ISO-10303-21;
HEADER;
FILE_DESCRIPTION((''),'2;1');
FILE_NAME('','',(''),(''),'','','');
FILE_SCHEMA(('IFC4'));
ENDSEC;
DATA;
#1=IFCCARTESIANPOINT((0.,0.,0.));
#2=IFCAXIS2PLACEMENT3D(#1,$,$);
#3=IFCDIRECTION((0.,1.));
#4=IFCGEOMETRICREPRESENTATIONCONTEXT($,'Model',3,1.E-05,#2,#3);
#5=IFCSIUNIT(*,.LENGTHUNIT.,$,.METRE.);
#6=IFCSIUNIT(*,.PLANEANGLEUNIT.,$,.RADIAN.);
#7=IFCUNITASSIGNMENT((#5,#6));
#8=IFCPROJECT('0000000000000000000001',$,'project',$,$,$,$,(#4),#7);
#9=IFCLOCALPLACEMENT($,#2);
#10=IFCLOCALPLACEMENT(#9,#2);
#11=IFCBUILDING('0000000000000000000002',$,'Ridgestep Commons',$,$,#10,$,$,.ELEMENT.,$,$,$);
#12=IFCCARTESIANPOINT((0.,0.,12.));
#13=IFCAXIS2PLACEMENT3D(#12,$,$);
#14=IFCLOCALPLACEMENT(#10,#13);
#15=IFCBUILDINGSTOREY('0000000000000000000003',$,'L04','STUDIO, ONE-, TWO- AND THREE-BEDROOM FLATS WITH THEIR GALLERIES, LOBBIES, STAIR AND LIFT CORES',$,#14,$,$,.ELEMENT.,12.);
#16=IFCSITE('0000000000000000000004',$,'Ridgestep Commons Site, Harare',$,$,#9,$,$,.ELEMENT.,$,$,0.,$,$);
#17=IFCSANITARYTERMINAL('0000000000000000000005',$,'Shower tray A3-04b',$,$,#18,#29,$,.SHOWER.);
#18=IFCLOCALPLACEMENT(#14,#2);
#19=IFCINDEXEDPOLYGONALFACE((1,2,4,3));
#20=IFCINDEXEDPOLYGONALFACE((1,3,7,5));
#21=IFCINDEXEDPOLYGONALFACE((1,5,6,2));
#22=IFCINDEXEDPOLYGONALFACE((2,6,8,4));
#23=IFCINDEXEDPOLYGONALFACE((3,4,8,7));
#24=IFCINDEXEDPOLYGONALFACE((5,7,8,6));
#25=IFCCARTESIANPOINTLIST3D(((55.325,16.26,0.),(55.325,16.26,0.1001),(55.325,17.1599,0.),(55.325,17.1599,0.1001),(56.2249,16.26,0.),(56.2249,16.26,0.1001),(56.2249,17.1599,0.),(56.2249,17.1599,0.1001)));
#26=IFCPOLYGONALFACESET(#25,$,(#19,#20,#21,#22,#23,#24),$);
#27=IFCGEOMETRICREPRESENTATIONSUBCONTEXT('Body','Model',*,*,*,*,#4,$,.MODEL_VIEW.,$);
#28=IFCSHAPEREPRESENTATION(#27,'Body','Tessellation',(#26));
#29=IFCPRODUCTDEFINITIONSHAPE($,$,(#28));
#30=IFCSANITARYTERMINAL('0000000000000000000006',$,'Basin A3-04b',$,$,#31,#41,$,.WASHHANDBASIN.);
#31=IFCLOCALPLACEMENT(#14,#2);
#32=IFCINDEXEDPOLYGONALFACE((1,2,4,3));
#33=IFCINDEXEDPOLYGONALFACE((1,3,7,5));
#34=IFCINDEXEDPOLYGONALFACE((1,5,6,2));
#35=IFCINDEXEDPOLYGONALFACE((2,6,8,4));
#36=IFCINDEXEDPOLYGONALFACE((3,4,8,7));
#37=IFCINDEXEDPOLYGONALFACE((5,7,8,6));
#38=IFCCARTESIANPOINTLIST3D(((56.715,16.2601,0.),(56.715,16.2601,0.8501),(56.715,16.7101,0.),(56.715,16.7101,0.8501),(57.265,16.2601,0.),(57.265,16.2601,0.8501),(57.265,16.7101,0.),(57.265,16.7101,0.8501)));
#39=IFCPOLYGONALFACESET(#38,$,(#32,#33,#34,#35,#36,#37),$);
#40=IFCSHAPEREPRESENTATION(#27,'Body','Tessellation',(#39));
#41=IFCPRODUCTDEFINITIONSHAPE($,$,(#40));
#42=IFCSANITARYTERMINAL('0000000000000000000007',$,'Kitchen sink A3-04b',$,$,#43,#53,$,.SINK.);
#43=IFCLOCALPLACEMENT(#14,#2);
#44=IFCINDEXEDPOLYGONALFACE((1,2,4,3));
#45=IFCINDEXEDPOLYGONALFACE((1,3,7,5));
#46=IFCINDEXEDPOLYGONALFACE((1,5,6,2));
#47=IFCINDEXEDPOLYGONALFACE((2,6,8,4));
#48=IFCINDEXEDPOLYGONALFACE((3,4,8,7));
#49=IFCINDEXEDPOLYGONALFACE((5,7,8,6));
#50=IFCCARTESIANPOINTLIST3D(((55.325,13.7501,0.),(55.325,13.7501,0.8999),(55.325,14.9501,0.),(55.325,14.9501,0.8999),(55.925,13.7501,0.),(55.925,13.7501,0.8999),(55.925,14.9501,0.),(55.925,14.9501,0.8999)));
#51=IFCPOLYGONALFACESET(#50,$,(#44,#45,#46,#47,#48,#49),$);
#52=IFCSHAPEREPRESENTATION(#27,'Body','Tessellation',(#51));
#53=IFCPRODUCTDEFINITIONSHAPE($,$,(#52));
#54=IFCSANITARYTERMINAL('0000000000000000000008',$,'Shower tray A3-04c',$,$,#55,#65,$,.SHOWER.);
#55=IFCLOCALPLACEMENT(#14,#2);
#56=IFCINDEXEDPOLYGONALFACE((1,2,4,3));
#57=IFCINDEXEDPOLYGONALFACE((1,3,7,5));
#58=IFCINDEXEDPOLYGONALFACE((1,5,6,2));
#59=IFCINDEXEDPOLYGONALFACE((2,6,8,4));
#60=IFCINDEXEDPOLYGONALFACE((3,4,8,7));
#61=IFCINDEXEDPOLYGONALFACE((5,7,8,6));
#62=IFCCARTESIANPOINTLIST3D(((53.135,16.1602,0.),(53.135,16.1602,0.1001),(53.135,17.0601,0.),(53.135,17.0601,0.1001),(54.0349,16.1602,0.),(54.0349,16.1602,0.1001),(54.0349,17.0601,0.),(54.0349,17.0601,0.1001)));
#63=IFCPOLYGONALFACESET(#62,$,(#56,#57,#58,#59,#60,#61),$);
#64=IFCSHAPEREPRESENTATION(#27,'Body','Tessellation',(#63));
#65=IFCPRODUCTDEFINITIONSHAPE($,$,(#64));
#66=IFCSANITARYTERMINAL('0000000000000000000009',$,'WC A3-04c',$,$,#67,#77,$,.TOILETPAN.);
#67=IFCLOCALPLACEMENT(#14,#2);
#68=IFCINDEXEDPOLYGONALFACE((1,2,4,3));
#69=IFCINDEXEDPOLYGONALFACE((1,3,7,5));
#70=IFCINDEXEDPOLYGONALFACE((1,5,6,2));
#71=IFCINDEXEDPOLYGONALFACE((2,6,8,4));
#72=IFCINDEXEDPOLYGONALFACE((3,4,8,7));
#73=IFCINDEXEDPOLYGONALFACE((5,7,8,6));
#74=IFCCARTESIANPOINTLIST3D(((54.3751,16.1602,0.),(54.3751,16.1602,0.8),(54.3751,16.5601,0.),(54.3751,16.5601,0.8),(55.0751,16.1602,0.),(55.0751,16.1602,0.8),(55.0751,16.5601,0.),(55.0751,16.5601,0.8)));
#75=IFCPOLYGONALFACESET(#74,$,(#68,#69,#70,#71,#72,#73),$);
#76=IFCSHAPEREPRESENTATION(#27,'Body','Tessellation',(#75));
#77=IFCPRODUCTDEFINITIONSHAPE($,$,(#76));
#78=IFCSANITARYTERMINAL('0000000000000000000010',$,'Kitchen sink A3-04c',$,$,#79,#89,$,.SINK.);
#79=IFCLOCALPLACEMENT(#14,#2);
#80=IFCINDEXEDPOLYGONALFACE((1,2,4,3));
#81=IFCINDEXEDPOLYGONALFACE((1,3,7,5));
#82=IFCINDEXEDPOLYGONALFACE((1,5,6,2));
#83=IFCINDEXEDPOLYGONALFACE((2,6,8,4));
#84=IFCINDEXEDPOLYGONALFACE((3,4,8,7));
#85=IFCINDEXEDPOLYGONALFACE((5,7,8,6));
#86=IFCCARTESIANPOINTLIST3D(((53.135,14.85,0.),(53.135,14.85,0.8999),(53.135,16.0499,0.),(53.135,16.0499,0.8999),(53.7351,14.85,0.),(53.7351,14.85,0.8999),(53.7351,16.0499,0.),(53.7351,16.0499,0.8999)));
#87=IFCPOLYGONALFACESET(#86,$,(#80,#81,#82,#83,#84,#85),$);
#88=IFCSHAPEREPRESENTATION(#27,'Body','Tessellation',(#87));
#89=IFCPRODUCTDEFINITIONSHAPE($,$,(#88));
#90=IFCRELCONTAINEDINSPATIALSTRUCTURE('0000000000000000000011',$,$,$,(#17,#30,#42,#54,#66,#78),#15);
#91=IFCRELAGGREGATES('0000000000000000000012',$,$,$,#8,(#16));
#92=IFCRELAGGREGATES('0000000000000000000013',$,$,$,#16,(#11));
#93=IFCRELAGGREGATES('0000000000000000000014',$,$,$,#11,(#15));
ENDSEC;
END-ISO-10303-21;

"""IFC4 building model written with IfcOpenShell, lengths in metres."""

from ifc_helpers import new_model, si_unit, direction, frame, origin, origin_2d, place, context, subcontext, project, spatial, rectangle, extrude, element, save


model = new_model("IFC4")

# Units and contexts
model_context = context("Model", 3, precision=1e-05, world=origin(), true_north=direction((0.0, 1.0)))
body_context = subcontext(model_context, "Body", "Model", "MODEL_VIEW")
ifc_project = project(units=[si_unit("LENGTHUNIT", "METRE"), si_unit("PLANEANGLEUNIT", "RADIAN")], contexts=[model_context])

# Site, building, storey
site_placement = place(None, origin())
site = spatial("IfcSite", under=ifc_project, at=site_placement, Name="Ridgestep Commons Site, Harare", CompositionType="ELEMENT", RefElevation=0.0)
building_placement = place(site_placement, origin())
building = spatial("IfcBuilding", under=site, at=building_placement, Name="Ridgestep Commons", CompositionType="ELEMENT")
storey_placement = place(building_placement, frame((0.0, 0.0, 12.0)))
storey = spatial("IfcBuildingStorey", under=building, at=storey_placement, Name="L04", Description="STUDIO, ONE-, TWO- AND THREE-BEDROOM FLATS WITH THEIR GALLERIES, LOBBIES, STAIR AND LIFT CORES", CompositionType="ELEMENT", Elevation=12.0)

# Sanitary terminals
sanitary_terminal_1_placement = place(storey_placement, frame((55.7749, 16.71, 0.0), z_axis=(0.0, 0.0, 1.0), x_axis=(1.0, 0.0, 0.0)))
element("IfcSanitaryTerminal", 1, at=sanitary_terminal_1_placement, inside=storey, Name="Shower tray A3-04b", PredefinedType="SHOWER", context=body_context, shape_type="SweptSolid", body=[
    extrude(rectangle(XDim=0.8999, YDim=0.8999, at=origin_2d()), origin(), (0.0, 0.0, 1.0), 0.1001),
])
sanitary_terminal_2_placement = place(storey_placement, frame((56.99, 16.4851, 0.0), z_axis=(0.0, 0.0, 1.0), x_axis=(1.0, 0.0, 0.0)))
element("IfcSanitaryTerminal", 2, at=sanitary_terminal_2_placement, inside=storey, Name="Basin A3-04b", PredefinedType="WASHHANDBASIN", context=body_context, shape_type="SweptSolid", body=[
    extrude(rectangle(XDim=0.55, YDim=0.45, at=origin_2d()), origin(), (0.0, 0.0, 1.0), 0.8501),
])
sanitary_terminal_3_placement = place(storey_placement, frame((55.625, 14.3501, 0.0), z_axis=(0.0, 0.0, 1.0), x_axis=(1.0, 0.0, 0.0)))
element("IfcSanitaryTerminal", 3, at=sanitary_terminal_3_placement, inside=storey, Name="Kitchen sink A3-04b", PredefinedType="SINK", context=body_context, shape_type="SweptSolid", body=[
    extrude(rectangle(XDim=0.6001, YDim=1.2, at=origin_2d()), origin(), (0.0, 0.0, 1.0), 0.8999),
])
sanitary_terminal_4_placement = place(storey_placement, frame((53.585, 16.6101, 0.0), z_axis=(0.0, 0.0, 1.0), x_axis=(1.0, 0.0, 0.0)))
element("IfcSanitaryTerminal", 4, at=sanitary_terminal_4_placement, inside=storey, Name="Shower tray A3-04c", PredefinedType="SHOWER", context=body_context, shape_type="SweptSolid", body=[
    extrude(rectangle(XDim=0.8999, YDim=0.8999, at=origin_2d()), origin(), (0.0, 0.0, 1.0), 0.1001),
])
sanitary_terminal_5_placement = place(storey_placement, frame((54.7251, 16.3601, 0.0), z_axis=(0.0, 0.0, 1.0), x_axis=(1.0, 0.0, 0.0)))
element("IfcSanitaryTerminal", 5, at=sanitary_terminal_5_placement, inside=storey, Name="WC A3-04c", PredefinedType="TOILETPAN", context=body_context, shape_type="SweptSolid", body=[
    extrude(rectangle(XDim=0.7, YDim=0.3999, at=origin_2d()), origin(), (0.0, 0.0, 1.0), 0.8),
])
sanitary_terminal_6_placement = place(storey_placement, frame((53.4351, 15.45, 0.0), z_axis=(0.0, 0.0, 1.0), x_axis=(1.0, 0.0, 0.0)))
element("IfcSanitaryTerminal", 6, at=sanitary_terminal_6_placement, inside=storey, Name="Kitchen sink A3-04c", PredefinedType="SINK", context=body_context, shape_type="SweptSolid", body=[
    extrude(rectangle(XDim=0.6001, YDim=1.2, at=origin_2d()), origin(), (0.0, 0.0, 1.0), 0.8999),
])

save(model, "model.ifc")
